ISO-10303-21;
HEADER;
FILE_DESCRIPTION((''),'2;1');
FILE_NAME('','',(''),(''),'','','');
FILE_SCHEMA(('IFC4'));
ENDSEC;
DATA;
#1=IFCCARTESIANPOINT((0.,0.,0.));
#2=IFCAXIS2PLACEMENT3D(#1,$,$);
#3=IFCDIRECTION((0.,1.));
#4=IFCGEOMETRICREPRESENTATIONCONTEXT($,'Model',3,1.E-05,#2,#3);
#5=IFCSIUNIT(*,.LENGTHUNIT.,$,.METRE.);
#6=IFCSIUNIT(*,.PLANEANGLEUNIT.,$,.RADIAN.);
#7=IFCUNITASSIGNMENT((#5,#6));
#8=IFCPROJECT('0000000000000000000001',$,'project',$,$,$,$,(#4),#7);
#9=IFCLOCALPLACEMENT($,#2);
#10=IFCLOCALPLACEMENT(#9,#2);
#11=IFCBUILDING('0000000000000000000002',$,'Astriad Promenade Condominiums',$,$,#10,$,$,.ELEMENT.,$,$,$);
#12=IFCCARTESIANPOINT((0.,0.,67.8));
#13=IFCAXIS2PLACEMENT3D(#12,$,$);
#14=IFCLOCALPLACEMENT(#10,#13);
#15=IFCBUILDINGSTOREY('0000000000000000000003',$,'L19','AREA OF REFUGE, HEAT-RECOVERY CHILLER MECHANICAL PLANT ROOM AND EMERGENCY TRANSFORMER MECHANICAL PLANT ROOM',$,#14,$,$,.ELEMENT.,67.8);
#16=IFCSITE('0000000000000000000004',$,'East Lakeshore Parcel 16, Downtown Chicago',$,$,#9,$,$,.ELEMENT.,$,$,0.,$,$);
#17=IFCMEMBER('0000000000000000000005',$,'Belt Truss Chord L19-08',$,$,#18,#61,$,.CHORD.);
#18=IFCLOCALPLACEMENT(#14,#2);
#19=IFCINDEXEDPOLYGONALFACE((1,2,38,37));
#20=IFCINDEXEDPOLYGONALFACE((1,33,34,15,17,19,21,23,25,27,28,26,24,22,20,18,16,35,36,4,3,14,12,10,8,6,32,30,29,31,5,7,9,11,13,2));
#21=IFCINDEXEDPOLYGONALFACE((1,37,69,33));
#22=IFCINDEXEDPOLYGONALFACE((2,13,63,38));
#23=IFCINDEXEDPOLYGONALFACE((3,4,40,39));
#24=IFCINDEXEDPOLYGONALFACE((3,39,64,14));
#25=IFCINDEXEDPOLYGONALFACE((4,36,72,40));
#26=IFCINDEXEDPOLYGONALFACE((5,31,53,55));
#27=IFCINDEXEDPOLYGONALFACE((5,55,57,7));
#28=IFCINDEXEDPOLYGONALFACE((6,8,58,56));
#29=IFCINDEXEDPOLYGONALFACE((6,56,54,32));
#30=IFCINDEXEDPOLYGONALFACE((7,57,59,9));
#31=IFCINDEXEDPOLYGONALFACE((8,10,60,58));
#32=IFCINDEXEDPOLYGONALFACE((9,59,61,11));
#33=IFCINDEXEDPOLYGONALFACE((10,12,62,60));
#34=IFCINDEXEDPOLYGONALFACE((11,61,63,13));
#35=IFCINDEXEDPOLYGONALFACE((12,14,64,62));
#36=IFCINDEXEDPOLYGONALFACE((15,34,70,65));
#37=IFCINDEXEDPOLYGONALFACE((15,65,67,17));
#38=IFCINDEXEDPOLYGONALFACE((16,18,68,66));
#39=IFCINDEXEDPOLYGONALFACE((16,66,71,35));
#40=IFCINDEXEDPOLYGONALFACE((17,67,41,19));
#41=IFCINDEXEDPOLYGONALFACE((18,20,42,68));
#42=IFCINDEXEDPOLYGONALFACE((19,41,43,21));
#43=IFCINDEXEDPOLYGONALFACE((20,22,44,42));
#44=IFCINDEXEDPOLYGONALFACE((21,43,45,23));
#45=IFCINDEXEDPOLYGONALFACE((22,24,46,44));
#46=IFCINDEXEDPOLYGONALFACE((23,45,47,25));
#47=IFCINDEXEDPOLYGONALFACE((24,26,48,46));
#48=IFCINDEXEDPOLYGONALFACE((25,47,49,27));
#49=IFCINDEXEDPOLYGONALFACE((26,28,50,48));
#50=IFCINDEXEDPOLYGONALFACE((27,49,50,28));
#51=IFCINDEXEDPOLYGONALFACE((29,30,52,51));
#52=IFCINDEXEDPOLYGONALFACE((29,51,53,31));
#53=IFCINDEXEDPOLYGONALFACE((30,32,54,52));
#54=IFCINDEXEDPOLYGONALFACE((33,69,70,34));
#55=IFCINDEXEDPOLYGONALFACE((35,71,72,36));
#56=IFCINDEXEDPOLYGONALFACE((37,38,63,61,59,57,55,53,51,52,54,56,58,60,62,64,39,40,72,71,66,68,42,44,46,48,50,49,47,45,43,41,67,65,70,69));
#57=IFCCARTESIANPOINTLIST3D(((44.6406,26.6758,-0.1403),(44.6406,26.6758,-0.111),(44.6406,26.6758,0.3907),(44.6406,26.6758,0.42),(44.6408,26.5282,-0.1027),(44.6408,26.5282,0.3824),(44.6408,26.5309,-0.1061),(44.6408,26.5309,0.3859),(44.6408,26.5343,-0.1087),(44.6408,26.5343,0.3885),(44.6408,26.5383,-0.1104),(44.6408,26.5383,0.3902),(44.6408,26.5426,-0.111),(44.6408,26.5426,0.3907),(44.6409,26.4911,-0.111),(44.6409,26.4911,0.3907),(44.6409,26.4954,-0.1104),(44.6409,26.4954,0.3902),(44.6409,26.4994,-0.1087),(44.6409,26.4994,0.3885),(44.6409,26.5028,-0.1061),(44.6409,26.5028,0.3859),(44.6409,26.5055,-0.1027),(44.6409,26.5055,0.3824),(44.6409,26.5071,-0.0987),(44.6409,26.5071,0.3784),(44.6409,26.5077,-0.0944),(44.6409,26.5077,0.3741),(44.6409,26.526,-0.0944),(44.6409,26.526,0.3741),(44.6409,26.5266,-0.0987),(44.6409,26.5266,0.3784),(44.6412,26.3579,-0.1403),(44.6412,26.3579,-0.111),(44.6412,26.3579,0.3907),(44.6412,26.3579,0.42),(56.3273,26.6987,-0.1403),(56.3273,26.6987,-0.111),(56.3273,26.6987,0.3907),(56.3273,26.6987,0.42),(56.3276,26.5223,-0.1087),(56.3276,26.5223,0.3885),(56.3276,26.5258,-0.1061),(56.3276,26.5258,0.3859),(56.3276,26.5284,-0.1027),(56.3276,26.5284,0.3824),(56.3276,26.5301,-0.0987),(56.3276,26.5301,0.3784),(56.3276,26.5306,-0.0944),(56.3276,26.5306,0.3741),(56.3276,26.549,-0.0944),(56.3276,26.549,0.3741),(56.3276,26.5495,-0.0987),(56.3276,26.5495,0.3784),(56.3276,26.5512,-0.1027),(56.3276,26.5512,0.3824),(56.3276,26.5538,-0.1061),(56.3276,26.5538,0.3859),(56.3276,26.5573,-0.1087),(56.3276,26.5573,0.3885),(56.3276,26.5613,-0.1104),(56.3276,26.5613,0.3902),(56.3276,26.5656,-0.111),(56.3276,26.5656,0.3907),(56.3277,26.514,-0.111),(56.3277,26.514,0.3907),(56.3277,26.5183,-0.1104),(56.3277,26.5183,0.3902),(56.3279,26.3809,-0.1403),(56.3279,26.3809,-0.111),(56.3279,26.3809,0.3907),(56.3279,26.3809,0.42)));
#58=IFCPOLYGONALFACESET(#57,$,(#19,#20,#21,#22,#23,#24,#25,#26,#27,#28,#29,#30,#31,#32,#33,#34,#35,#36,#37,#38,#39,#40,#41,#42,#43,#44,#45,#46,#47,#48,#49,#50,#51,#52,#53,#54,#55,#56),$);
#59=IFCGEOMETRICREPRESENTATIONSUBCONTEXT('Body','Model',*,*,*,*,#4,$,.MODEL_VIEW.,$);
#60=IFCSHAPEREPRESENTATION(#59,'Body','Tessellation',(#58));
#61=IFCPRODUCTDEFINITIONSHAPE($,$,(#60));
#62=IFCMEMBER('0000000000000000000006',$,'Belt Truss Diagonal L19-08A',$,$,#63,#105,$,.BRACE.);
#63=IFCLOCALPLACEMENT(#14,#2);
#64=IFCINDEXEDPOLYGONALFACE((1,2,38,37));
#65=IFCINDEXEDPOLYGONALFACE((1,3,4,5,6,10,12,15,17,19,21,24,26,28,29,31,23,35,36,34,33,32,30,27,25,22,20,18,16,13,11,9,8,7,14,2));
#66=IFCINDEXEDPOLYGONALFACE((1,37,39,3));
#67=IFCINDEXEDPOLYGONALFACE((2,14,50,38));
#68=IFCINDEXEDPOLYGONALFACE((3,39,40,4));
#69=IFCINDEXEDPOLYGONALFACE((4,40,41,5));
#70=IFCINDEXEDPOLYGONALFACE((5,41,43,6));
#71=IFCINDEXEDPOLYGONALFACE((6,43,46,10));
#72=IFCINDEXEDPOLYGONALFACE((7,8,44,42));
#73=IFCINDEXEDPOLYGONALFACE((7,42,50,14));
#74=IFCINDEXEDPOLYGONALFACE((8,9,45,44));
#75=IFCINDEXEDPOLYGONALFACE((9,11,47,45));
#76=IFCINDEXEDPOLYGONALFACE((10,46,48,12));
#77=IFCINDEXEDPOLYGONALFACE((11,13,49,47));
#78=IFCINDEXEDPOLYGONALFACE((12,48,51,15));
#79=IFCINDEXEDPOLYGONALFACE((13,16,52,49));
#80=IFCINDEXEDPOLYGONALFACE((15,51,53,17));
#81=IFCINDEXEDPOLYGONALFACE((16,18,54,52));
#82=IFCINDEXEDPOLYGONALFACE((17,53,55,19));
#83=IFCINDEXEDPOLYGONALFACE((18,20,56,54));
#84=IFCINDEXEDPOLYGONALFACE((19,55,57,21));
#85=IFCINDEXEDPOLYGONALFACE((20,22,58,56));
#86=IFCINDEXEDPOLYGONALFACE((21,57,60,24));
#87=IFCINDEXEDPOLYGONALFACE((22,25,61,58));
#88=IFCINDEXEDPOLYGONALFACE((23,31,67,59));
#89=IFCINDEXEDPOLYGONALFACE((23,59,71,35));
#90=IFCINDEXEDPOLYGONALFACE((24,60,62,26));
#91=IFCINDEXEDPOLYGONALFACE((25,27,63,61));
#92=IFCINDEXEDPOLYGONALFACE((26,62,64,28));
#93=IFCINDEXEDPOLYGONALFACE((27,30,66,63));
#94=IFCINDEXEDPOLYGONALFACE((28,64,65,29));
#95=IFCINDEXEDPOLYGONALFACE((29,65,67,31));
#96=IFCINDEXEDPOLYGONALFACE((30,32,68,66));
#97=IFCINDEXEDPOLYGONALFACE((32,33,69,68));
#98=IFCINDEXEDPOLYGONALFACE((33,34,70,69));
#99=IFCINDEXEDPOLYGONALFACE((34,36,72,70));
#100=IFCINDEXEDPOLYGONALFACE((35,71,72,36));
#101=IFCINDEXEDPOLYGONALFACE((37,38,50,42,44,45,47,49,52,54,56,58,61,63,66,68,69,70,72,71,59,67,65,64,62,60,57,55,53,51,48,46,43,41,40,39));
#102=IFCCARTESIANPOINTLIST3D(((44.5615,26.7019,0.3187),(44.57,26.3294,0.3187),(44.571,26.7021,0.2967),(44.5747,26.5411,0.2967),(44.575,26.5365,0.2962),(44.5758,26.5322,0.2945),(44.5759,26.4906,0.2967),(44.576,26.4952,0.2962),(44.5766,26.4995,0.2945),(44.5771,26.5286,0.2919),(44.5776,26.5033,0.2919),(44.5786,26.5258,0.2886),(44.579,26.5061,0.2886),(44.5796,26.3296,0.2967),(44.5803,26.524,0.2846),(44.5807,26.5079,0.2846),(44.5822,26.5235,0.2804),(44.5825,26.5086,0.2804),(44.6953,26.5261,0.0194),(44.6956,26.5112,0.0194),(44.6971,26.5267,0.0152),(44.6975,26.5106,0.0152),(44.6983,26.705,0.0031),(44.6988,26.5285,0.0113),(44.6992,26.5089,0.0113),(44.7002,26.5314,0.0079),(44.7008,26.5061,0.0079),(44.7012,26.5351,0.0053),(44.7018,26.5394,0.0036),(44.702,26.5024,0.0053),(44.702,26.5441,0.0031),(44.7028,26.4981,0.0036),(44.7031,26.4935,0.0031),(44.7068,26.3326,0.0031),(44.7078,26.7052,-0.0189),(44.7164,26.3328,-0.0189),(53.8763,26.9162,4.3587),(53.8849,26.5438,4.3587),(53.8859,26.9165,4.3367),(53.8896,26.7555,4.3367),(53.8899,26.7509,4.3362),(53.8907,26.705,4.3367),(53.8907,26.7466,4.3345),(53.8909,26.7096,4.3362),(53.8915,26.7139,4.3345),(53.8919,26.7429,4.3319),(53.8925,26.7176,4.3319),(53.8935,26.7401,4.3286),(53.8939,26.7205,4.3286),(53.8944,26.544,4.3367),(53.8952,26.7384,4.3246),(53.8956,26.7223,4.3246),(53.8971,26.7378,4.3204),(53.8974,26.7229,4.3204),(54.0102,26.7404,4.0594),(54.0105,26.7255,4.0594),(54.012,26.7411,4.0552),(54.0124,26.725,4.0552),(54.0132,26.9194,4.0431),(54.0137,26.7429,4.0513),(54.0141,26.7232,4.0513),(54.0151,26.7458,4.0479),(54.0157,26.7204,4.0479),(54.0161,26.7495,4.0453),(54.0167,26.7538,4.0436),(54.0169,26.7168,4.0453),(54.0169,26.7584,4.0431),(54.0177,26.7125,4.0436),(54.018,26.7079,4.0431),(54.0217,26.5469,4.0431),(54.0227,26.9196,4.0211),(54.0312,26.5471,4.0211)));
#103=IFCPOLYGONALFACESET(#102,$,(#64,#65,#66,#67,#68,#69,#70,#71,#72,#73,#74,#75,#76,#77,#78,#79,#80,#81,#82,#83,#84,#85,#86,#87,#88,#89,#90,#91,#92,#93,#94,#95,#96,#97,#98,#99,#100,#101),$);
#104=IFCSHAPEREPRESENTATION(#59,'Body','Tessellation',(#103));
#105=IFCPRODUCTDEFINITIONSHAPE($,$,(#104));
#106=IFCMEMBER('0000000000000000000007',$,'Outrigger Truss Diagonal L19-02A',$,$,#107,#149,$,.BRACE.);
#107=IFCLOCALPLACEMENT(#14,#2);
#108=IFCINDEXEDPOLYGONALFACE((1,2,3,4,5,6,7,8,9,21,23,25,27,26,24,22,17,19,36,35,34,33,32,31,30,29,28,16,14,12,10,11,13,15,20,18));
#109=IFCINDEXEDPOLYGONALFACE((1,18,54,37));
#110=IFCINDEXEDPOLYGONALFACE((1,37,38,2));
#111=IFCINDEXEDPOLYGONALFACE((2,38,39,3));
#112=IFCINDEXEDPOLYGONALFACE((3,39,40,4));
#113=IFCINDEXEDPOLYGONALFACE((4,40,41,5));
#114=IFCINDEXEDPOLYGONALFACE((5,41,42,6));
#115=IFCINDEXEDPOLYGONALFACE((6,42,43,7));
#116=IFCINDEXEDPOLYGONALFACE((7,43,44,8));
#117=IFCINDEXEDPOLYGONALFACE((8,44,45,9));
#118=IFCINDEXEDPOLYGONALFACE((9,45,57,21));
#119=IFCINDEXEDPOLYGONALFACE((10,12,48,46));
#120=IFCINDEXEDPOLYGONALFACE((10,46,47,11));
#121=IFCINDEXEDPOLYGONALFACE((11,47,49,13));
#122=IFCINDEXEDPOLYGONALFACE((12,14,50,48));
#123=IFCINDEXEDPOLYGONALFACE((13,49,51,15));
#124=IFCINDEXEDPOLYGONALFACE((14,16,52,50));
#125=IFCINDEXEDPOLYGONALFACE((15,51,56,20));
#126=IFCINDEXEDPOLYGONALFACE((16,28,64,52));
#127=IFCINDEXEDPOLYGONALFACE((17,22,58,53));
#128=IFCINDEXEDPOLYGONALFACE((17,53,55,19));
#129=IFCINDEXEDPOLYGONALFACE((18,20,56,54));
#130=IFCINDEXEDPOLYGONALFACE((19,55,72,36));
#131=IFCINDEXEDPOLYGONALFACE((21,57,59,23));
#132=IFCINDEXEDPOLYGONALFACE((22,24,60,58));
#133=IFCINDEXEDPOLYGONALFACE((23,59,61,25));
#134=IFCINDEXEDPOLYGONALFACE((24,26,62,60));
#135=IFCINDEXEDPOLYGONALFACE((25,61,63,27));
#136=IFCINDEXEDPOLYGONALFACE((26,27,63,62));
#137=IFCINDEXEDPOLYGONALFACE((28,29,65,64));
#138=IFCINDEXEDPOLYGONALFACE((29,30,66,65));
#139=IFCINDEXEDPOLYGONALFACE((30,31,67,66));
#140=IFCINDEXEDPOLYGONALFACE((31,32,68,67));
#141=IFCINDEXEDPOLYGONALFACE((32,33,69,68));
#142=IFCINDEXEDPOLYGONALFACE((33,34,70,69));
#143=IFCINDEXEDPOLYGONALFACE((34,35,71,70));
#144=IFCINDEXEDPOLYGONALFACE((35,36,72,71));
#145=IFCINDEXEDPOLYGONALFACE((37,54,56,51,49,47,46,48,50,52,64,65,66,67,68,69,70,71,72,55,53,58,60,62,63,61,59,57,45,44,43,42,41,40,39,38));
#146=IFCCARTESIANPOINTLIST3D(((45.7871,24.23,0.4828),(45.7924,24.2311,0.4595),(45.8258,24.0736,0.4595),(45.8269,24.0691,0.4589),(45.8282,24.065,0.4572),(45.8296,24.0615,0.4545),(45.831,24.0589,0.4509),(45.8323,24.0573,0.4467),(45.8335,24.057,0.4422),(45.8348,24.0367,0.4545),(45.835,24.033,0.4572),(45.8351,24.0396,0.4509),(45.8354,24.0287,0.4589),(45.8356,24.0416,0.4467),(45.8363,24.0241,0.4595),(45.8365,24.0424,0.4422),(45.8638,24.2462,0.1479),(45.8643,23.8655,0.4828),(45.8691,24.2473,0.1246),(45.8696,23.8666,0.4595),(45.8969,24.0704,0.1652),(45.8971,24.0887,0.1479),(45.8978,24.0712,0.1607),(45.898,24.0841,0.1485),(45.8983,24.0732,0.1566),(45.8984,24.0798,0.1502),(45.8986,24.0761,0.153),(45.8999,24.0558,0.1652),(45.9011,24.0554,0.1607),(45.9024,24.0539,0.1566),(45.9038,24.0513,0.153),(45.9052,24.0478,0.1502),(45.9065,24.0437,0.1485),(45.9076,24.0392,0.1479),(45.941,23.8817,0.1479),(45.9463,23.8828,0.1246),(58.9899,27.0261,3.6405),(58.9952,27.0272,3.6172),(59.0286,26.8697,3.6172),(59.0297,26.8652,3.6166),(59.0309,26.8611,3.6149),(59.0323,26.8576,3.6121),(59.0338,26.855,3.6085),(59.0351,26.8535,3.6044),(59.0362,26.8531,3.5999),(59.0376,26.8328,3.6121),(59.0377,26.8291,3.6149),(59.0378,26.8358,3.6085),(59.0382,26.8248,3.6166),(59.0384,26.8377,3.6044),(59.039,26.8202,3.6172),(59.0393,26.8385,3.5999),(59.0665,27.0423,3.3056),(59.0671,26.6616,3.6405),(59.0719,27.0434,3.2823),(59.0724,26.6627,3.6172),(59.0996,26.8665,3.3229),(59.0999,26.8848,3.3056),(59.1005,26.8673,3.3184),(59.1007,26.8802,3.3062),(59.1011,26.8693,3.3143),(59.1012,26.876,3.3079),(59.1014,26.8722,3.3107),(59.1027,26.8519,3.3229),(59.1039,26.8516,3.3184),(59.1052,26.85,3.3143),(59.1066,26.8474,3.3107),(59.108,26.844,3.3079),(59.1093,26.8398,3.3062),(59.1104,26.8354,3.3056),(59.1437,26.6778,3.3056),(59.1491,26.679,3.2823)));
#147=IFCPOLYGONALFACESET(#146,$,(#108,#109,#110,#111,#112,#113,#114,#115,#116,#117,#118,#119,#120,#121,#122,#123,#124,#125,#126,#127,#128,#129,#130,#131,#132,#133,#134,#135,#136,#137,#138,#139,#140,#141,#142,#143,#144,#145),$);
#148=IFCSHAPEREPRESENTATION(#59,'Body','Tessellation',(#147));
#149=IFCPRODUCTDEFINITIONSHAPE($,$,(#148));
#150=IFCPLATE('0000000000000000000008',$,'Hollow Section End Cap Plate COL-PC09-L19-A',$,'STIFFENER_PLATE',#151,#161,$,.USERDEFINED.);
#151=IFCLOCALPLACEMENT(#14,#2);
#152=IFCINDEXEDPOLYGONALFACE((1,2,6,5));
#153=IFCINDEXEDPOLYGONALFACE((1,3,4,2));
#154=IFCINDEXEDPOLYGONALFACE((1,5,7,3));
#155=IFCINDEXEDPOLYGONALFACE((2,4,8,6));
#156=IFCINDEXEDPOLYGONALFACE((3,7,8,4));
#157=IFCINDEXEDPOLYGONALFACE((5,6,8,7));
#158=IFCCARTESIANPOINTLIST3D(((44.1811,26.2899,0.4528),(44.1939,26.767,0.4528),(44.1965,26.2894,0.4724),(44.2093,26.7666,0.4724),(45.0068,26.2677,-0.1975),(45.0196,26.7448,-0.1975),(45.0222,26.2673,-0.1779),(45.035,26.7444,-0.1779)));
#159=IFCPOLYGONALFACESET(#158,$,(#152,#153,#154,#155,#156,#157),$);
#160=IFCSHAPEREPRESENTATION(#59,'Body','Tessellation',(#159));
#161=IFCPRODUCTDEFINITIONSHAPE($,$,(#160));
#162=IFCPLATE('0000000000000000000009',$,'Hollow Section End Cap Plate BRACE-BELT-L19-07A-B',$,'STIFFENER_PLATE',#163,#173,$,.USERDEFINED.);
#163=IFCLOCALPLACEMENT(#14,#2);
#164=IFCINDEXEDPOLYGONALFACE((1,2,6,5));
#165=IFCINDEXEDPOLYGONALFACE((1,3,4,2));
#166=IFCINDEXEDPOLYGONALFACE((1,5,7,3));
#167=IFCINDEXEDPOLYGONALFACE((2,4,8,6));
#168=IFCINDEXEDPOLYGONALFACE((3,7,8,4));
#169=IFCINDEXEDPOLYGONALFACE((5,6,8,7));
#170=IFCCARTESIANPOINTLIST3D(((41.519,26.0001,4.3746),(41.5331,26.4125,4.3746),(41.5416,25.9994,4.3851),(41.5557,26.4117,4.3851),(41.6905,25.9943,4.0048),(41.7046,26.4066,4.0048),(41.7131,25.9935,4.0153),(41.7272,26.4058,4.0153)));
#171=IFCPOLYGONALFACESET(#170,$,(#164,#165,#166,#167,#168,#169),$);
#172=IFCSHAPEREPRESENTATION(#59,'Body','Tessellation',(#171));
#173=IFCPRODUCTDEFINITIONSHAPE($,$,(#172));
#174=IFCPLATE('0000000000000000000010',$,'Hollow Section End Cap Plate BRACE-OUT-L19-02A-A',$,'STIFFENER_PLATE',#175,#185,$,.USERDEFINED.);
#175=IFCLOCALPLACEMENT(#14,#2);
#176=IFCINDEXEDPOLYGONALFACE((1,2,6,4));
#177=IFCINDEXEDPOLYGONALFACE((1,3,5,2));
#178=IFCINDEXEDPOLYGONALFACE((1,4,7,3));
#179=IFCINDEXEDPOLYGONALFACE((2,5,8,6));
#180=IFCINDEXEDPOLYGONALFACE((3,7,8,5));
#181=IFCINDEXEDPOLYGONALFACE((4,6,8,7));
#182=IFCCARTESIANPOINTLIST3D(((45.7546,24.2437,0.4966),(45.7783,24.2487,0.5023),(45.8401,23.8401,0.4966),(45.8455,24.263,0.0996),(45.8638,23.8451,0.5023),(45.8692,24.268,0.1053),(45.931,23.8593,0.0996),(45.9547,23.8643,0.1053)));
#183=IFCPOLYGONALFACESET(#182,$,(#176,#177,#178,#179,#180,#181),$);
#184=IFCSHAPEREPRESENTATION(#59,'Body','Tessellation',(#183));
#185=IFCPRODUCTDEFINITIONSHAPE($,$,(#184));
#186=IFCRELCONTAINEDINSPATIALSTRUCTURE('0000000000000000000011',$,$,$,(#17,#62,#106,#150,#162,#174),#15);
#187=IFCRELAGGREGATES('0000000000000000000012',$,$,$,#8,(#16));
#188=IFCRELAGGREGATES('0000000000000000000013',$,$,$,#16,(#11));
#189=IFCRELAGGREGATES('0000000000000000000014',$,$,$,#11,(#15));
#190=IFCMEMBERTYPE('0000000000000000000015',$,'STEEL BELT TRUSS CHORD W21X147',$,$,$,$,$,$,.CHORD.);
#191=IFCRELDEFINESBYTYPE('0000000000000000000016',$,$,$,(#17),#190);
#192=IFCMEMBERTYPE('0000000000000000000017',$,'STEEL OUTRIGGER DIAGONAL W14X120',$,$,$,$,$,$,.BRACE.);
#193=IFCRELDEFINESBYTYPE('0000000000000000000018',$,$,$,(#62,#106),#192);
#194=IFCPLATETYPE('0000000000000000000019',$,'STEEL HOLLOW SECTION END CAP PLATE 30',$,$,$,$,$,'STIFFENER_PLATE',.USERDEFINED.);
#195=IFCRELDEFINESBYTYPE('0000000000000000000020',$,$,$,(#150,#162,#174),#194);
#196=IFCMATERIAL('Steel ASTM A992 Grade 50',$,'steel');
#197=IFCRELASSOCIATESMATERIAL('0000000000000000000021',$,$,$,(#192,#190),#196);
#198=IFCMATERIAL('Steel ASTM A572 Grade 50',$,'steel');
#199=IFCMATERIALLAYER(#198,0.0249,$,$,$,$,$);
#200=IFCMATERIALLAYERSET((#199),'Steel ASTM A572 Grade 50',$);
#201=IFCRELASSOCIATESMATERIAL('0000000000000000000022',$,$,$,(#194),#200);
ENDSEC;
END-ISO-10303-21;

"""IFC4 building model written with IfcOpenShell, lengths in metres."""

from ifc_helpers import new_model, si_unit, direction, frame, origin, origin_2d, place, context, subcontext, project, spatial, rectangle, i_section, extrude, source, transform, mapped, material, layer, layer_set, material_profile, profile_set, type_object, type_shapes, element, save


model = new_model("IFC4")

# Units and contexts
model_context = context("Model", 3, precision=1e-05, world=origin(), true_north=direction((0.0, 1.0)))
body_context = subcontext(model_context, "Body", "Model", "MODEL_VIEW")
ifc_project = project(units=[si_unit("LENGTHUNIT", "METRE"), si_unit("PLANEANGLEUNIT", "RADIAN")], contexts=[model_context])

# Site, building, storey
site_placement = place(None, origin())
site = spatial("IfcSite", under=ifc_project, at=site_placement, Name="East Lakeshore Parcel 16, Downtown Chicago", CompositionType="ELEMENT", RefElevation=0.0)
building_placement = place(site_placement, origin())
building = spatial("IfcBuilding", under=site, at=building_placement, Name="Astriad Promenade Condominiums", CompositionType="ELEMENT")
storey_placement = place(building_placement, frame((0.0, 0.0, 67.8)))
storey = spatial("IfcBuildingStorey", under=building, at=storey_placement, Name="L19", Description="AREA OF REFUGE, HEAT-RECOVERY CHILLER MECHANICAL PLANT ROOM AND EMERGENCY TRANSFORMER MECHANICAL PLANT ROOM", CompositionType="ELEMENT", Elevation=67.8)

# Shared definitions
ifc_material_1 = material(Name="Steel ASTM A992 Grade 50", Category="steel")

# Members
ifc_material_profile_1 = material_profile(ifc_material_1, i_section(OverallWidth=0.3726, OverallDepth=0.3679, WebThickness=0.0149, FlangeThickness=0.0239, FilletRadius=0.0178, at=origin_2d()), Name="W14X120")
ifc_profile_set_1 = profile_set([ifc_material_profile_1], Name="Steel ASTM A992 Grade 50")
member_type_1 = type_object("IfcMemberType", Name="STEEL OUTRIGGER DIAGONAL W14X120", PredefinedType="BRACE", material=ifc_profile_set_1)
ifc_material_profile_2 = material_profile(ifc_material_1, i_section(OverallWidth=0.3179, OverallDepth=0.5603, WebThickness=0.0183, FlangeThickness=0.0293, FilletRadius=0.0166, at=origin_2d()), Name="W21X147")
ifc_profile_set_2 = profile_set([ifc_material_profile_2], Name="Steel ASTM A992 Grade 50")
member_type_2 = type_object("IfcMemberType", Name="STEEL BELT TRUSS CHORD W21X147", PredefinedType="CHORD", material=ifc_profile_set_2)
shared_shape_1 = source(origin(), body_context, "Body", "SweptSolid", [
    extrude(i_section(OverallWidth=0.3179, OverallDepth=0.5603, WebThickness=0.0183, FlangeThickness=0.0293, FilletRadius=0.0166, at=origin_2d()), origin(), (0.0, 0.0, 1.0), 11.6868),
])
type_shapes(member_type_2, [shared_shape_1])
member_1_placement = place(storey_placement, frame((44.6409, 26.5168, 0.1399), z_axis=(0.999998, 0.001964, 0.0), x_axis=(-0.001964, 0.999998, 0.0)))
element("IfcMember", 1, at=member_1_placement, inside=storey, type_object=member_type_2, Name="Belt Truss Chord L19-08", PredefinedType="CHORD", context=body_context, shape_type="MappedRepresentation", body=[
    mapped(shared_shape_1, transform((0.0, 0.0, 0.0), scale=1.0)),
])
shared_shape_2 = source(origin(), body_context, "Body", "SweptSolid", [
    extrude(i_section(OverallWidth=0.3726, OverallDepth=0.3679, WebThickness=0.0149, FlangeThickness=0.0239, FilletRadius=0.0178, at=origin_2d()), origin(), (0.0, 0.0, 1.0), 10.1555),
])
member_2_placement = place(storey_placement, frame((44.6389, 26.5173, 0.1499), z_axis=(0.917223, 0.021107, 0.397814), x_axis=(-0.023006, 0.999735, 0.0)))
element("IfcMember", 2, at=member_2_placement, inside=storey, type_object=member_type_1, Name="Belt Truss Diagonal L19-08A", PredefinedType="BRACE", context=body_context, shape_type="MappedRepresentation", body=[
    mapped(shared_shape_2, transform((0.0, 0.0, 0.0), scale=1.0)),
])
shared_shape_3 = source(origin(), body_context, "Body", "SweptSolid", [
    extrude(i_section(OverallWidth=0.3726, OverallDepth=0.3679, WebThickness=0.0149, FlangeThickness=0.0239, FilletRadius=0.0178, at=origin_2d()), origin(), (0.0, 0.0, 1.0), 13.8601),
])
member_3_placement = place(storey_placement, frame((45.8667, 24.0564, 0.3037), z_axis=(0.952574, 0.201739, 0.227826), x_axis=(-0.207187, 0.978301, 0.0)))
element("IfcMember", 3, at=member_3_placement, inside=storey, type_object=member_type_1, Name="Outrigger Truss Diagonal L19-02A", PredefinedType="BRACE", context=body_context, shape_type="MappedRepresentation", body=[
    mapped(shared_shape_3, transform((0.0, 0.0, 0.0), scale=1.0)),
])

# Plates
ifc_material_2 = material(Name="Steel ASTM A572 Grade 50", Category="steel")
ifc_layer_1 = layer(ifc_material_2, 0.0249)
ifc_layer_set_1 = layer_set([ifc_layer_1], Name="Steel ASTM A572 Grade 50")
plate_type_1 = type_object("IfcPlateType", Name="STEEL HOLLOW SECTION END CAP PLATE 30", ElementType="STIFFENER_PLATE", PredefinedType="USERDEFINED", material=ifc_layer_set_1)
shared_shape_4 = source(origin(), body_context, "Body", "SweptSolid", [
    extrude(rectangle(XDim=0.4773, YDim=1.0513, at=origin_2d()), origin(), (0.0, 0.0, 1.0), 0.0249),
])
plate_1_placement = place(storey_placement, frame((44.6003, 26.5173, 0.1277), z_axis=(0.618383, -0.016597, 0.785701), x_axis=(0.02683, 0.99964, 0.0)))
element("IfcPlate", 4, at=plate_1_placement, inside=storey, type_object=plate_type_1, Name="Hollow Section End Cap Plate COL-PC09-L19-A", ObjectType="STIFFENER_PLATE", PredefinedType="USERDEFINED", context=body_context, shape_type="MappedRepresentation", body=[
    mapped(shared_shape_4, transform((0.0, 0.0, 0.0), scale=1.0)),
])
shared_shape_5 = source(origin(), body_context, "Body", "SweptSolid", [
    extrude(rectangle(XDim=0.4126, YDim=0.4077, at=origin_2d()), origin(), (0.0, 0.0, 1.0), 0.0249),
])
type_shapes(plate_type_1, [shared_shape_4, shared_shape_5])
for number, where, z_axis, x_axis, name in (
    (5, (41.6118, 26.2034, 4.1897), (0.906587, -0.031032, 0.420876), (0.034209, 0.999415, 0.0), "Hollow Section End Cap Plate BRACE-BELT-L19-07A-B"),
    (6, (45.8428, 24.0515, 0.2981), (0.952575, 0.201734, 0.227823), (-0.207183, 0.978302, 0.0), "Hollow Section End Cap Plate BRACE-OUT-L19-02A-A"),
):
    element("IfcPlate", number, at=place(storey_placement, frame(where, z_axis=z_axis, x_axis=x_axis)), inside=storey, type_object=plate_type_1, Name=name, ObjectType="STIFFENER_PLATE", PredefinedType="USERDEFINED", context=body_context, shape_type="MappedRepresentation", body=[
        mapped(shared_shape_5, transform((0.0, 0.0, 0.0), scale=1.0)),
    ])

save(model, "model.ifc")
